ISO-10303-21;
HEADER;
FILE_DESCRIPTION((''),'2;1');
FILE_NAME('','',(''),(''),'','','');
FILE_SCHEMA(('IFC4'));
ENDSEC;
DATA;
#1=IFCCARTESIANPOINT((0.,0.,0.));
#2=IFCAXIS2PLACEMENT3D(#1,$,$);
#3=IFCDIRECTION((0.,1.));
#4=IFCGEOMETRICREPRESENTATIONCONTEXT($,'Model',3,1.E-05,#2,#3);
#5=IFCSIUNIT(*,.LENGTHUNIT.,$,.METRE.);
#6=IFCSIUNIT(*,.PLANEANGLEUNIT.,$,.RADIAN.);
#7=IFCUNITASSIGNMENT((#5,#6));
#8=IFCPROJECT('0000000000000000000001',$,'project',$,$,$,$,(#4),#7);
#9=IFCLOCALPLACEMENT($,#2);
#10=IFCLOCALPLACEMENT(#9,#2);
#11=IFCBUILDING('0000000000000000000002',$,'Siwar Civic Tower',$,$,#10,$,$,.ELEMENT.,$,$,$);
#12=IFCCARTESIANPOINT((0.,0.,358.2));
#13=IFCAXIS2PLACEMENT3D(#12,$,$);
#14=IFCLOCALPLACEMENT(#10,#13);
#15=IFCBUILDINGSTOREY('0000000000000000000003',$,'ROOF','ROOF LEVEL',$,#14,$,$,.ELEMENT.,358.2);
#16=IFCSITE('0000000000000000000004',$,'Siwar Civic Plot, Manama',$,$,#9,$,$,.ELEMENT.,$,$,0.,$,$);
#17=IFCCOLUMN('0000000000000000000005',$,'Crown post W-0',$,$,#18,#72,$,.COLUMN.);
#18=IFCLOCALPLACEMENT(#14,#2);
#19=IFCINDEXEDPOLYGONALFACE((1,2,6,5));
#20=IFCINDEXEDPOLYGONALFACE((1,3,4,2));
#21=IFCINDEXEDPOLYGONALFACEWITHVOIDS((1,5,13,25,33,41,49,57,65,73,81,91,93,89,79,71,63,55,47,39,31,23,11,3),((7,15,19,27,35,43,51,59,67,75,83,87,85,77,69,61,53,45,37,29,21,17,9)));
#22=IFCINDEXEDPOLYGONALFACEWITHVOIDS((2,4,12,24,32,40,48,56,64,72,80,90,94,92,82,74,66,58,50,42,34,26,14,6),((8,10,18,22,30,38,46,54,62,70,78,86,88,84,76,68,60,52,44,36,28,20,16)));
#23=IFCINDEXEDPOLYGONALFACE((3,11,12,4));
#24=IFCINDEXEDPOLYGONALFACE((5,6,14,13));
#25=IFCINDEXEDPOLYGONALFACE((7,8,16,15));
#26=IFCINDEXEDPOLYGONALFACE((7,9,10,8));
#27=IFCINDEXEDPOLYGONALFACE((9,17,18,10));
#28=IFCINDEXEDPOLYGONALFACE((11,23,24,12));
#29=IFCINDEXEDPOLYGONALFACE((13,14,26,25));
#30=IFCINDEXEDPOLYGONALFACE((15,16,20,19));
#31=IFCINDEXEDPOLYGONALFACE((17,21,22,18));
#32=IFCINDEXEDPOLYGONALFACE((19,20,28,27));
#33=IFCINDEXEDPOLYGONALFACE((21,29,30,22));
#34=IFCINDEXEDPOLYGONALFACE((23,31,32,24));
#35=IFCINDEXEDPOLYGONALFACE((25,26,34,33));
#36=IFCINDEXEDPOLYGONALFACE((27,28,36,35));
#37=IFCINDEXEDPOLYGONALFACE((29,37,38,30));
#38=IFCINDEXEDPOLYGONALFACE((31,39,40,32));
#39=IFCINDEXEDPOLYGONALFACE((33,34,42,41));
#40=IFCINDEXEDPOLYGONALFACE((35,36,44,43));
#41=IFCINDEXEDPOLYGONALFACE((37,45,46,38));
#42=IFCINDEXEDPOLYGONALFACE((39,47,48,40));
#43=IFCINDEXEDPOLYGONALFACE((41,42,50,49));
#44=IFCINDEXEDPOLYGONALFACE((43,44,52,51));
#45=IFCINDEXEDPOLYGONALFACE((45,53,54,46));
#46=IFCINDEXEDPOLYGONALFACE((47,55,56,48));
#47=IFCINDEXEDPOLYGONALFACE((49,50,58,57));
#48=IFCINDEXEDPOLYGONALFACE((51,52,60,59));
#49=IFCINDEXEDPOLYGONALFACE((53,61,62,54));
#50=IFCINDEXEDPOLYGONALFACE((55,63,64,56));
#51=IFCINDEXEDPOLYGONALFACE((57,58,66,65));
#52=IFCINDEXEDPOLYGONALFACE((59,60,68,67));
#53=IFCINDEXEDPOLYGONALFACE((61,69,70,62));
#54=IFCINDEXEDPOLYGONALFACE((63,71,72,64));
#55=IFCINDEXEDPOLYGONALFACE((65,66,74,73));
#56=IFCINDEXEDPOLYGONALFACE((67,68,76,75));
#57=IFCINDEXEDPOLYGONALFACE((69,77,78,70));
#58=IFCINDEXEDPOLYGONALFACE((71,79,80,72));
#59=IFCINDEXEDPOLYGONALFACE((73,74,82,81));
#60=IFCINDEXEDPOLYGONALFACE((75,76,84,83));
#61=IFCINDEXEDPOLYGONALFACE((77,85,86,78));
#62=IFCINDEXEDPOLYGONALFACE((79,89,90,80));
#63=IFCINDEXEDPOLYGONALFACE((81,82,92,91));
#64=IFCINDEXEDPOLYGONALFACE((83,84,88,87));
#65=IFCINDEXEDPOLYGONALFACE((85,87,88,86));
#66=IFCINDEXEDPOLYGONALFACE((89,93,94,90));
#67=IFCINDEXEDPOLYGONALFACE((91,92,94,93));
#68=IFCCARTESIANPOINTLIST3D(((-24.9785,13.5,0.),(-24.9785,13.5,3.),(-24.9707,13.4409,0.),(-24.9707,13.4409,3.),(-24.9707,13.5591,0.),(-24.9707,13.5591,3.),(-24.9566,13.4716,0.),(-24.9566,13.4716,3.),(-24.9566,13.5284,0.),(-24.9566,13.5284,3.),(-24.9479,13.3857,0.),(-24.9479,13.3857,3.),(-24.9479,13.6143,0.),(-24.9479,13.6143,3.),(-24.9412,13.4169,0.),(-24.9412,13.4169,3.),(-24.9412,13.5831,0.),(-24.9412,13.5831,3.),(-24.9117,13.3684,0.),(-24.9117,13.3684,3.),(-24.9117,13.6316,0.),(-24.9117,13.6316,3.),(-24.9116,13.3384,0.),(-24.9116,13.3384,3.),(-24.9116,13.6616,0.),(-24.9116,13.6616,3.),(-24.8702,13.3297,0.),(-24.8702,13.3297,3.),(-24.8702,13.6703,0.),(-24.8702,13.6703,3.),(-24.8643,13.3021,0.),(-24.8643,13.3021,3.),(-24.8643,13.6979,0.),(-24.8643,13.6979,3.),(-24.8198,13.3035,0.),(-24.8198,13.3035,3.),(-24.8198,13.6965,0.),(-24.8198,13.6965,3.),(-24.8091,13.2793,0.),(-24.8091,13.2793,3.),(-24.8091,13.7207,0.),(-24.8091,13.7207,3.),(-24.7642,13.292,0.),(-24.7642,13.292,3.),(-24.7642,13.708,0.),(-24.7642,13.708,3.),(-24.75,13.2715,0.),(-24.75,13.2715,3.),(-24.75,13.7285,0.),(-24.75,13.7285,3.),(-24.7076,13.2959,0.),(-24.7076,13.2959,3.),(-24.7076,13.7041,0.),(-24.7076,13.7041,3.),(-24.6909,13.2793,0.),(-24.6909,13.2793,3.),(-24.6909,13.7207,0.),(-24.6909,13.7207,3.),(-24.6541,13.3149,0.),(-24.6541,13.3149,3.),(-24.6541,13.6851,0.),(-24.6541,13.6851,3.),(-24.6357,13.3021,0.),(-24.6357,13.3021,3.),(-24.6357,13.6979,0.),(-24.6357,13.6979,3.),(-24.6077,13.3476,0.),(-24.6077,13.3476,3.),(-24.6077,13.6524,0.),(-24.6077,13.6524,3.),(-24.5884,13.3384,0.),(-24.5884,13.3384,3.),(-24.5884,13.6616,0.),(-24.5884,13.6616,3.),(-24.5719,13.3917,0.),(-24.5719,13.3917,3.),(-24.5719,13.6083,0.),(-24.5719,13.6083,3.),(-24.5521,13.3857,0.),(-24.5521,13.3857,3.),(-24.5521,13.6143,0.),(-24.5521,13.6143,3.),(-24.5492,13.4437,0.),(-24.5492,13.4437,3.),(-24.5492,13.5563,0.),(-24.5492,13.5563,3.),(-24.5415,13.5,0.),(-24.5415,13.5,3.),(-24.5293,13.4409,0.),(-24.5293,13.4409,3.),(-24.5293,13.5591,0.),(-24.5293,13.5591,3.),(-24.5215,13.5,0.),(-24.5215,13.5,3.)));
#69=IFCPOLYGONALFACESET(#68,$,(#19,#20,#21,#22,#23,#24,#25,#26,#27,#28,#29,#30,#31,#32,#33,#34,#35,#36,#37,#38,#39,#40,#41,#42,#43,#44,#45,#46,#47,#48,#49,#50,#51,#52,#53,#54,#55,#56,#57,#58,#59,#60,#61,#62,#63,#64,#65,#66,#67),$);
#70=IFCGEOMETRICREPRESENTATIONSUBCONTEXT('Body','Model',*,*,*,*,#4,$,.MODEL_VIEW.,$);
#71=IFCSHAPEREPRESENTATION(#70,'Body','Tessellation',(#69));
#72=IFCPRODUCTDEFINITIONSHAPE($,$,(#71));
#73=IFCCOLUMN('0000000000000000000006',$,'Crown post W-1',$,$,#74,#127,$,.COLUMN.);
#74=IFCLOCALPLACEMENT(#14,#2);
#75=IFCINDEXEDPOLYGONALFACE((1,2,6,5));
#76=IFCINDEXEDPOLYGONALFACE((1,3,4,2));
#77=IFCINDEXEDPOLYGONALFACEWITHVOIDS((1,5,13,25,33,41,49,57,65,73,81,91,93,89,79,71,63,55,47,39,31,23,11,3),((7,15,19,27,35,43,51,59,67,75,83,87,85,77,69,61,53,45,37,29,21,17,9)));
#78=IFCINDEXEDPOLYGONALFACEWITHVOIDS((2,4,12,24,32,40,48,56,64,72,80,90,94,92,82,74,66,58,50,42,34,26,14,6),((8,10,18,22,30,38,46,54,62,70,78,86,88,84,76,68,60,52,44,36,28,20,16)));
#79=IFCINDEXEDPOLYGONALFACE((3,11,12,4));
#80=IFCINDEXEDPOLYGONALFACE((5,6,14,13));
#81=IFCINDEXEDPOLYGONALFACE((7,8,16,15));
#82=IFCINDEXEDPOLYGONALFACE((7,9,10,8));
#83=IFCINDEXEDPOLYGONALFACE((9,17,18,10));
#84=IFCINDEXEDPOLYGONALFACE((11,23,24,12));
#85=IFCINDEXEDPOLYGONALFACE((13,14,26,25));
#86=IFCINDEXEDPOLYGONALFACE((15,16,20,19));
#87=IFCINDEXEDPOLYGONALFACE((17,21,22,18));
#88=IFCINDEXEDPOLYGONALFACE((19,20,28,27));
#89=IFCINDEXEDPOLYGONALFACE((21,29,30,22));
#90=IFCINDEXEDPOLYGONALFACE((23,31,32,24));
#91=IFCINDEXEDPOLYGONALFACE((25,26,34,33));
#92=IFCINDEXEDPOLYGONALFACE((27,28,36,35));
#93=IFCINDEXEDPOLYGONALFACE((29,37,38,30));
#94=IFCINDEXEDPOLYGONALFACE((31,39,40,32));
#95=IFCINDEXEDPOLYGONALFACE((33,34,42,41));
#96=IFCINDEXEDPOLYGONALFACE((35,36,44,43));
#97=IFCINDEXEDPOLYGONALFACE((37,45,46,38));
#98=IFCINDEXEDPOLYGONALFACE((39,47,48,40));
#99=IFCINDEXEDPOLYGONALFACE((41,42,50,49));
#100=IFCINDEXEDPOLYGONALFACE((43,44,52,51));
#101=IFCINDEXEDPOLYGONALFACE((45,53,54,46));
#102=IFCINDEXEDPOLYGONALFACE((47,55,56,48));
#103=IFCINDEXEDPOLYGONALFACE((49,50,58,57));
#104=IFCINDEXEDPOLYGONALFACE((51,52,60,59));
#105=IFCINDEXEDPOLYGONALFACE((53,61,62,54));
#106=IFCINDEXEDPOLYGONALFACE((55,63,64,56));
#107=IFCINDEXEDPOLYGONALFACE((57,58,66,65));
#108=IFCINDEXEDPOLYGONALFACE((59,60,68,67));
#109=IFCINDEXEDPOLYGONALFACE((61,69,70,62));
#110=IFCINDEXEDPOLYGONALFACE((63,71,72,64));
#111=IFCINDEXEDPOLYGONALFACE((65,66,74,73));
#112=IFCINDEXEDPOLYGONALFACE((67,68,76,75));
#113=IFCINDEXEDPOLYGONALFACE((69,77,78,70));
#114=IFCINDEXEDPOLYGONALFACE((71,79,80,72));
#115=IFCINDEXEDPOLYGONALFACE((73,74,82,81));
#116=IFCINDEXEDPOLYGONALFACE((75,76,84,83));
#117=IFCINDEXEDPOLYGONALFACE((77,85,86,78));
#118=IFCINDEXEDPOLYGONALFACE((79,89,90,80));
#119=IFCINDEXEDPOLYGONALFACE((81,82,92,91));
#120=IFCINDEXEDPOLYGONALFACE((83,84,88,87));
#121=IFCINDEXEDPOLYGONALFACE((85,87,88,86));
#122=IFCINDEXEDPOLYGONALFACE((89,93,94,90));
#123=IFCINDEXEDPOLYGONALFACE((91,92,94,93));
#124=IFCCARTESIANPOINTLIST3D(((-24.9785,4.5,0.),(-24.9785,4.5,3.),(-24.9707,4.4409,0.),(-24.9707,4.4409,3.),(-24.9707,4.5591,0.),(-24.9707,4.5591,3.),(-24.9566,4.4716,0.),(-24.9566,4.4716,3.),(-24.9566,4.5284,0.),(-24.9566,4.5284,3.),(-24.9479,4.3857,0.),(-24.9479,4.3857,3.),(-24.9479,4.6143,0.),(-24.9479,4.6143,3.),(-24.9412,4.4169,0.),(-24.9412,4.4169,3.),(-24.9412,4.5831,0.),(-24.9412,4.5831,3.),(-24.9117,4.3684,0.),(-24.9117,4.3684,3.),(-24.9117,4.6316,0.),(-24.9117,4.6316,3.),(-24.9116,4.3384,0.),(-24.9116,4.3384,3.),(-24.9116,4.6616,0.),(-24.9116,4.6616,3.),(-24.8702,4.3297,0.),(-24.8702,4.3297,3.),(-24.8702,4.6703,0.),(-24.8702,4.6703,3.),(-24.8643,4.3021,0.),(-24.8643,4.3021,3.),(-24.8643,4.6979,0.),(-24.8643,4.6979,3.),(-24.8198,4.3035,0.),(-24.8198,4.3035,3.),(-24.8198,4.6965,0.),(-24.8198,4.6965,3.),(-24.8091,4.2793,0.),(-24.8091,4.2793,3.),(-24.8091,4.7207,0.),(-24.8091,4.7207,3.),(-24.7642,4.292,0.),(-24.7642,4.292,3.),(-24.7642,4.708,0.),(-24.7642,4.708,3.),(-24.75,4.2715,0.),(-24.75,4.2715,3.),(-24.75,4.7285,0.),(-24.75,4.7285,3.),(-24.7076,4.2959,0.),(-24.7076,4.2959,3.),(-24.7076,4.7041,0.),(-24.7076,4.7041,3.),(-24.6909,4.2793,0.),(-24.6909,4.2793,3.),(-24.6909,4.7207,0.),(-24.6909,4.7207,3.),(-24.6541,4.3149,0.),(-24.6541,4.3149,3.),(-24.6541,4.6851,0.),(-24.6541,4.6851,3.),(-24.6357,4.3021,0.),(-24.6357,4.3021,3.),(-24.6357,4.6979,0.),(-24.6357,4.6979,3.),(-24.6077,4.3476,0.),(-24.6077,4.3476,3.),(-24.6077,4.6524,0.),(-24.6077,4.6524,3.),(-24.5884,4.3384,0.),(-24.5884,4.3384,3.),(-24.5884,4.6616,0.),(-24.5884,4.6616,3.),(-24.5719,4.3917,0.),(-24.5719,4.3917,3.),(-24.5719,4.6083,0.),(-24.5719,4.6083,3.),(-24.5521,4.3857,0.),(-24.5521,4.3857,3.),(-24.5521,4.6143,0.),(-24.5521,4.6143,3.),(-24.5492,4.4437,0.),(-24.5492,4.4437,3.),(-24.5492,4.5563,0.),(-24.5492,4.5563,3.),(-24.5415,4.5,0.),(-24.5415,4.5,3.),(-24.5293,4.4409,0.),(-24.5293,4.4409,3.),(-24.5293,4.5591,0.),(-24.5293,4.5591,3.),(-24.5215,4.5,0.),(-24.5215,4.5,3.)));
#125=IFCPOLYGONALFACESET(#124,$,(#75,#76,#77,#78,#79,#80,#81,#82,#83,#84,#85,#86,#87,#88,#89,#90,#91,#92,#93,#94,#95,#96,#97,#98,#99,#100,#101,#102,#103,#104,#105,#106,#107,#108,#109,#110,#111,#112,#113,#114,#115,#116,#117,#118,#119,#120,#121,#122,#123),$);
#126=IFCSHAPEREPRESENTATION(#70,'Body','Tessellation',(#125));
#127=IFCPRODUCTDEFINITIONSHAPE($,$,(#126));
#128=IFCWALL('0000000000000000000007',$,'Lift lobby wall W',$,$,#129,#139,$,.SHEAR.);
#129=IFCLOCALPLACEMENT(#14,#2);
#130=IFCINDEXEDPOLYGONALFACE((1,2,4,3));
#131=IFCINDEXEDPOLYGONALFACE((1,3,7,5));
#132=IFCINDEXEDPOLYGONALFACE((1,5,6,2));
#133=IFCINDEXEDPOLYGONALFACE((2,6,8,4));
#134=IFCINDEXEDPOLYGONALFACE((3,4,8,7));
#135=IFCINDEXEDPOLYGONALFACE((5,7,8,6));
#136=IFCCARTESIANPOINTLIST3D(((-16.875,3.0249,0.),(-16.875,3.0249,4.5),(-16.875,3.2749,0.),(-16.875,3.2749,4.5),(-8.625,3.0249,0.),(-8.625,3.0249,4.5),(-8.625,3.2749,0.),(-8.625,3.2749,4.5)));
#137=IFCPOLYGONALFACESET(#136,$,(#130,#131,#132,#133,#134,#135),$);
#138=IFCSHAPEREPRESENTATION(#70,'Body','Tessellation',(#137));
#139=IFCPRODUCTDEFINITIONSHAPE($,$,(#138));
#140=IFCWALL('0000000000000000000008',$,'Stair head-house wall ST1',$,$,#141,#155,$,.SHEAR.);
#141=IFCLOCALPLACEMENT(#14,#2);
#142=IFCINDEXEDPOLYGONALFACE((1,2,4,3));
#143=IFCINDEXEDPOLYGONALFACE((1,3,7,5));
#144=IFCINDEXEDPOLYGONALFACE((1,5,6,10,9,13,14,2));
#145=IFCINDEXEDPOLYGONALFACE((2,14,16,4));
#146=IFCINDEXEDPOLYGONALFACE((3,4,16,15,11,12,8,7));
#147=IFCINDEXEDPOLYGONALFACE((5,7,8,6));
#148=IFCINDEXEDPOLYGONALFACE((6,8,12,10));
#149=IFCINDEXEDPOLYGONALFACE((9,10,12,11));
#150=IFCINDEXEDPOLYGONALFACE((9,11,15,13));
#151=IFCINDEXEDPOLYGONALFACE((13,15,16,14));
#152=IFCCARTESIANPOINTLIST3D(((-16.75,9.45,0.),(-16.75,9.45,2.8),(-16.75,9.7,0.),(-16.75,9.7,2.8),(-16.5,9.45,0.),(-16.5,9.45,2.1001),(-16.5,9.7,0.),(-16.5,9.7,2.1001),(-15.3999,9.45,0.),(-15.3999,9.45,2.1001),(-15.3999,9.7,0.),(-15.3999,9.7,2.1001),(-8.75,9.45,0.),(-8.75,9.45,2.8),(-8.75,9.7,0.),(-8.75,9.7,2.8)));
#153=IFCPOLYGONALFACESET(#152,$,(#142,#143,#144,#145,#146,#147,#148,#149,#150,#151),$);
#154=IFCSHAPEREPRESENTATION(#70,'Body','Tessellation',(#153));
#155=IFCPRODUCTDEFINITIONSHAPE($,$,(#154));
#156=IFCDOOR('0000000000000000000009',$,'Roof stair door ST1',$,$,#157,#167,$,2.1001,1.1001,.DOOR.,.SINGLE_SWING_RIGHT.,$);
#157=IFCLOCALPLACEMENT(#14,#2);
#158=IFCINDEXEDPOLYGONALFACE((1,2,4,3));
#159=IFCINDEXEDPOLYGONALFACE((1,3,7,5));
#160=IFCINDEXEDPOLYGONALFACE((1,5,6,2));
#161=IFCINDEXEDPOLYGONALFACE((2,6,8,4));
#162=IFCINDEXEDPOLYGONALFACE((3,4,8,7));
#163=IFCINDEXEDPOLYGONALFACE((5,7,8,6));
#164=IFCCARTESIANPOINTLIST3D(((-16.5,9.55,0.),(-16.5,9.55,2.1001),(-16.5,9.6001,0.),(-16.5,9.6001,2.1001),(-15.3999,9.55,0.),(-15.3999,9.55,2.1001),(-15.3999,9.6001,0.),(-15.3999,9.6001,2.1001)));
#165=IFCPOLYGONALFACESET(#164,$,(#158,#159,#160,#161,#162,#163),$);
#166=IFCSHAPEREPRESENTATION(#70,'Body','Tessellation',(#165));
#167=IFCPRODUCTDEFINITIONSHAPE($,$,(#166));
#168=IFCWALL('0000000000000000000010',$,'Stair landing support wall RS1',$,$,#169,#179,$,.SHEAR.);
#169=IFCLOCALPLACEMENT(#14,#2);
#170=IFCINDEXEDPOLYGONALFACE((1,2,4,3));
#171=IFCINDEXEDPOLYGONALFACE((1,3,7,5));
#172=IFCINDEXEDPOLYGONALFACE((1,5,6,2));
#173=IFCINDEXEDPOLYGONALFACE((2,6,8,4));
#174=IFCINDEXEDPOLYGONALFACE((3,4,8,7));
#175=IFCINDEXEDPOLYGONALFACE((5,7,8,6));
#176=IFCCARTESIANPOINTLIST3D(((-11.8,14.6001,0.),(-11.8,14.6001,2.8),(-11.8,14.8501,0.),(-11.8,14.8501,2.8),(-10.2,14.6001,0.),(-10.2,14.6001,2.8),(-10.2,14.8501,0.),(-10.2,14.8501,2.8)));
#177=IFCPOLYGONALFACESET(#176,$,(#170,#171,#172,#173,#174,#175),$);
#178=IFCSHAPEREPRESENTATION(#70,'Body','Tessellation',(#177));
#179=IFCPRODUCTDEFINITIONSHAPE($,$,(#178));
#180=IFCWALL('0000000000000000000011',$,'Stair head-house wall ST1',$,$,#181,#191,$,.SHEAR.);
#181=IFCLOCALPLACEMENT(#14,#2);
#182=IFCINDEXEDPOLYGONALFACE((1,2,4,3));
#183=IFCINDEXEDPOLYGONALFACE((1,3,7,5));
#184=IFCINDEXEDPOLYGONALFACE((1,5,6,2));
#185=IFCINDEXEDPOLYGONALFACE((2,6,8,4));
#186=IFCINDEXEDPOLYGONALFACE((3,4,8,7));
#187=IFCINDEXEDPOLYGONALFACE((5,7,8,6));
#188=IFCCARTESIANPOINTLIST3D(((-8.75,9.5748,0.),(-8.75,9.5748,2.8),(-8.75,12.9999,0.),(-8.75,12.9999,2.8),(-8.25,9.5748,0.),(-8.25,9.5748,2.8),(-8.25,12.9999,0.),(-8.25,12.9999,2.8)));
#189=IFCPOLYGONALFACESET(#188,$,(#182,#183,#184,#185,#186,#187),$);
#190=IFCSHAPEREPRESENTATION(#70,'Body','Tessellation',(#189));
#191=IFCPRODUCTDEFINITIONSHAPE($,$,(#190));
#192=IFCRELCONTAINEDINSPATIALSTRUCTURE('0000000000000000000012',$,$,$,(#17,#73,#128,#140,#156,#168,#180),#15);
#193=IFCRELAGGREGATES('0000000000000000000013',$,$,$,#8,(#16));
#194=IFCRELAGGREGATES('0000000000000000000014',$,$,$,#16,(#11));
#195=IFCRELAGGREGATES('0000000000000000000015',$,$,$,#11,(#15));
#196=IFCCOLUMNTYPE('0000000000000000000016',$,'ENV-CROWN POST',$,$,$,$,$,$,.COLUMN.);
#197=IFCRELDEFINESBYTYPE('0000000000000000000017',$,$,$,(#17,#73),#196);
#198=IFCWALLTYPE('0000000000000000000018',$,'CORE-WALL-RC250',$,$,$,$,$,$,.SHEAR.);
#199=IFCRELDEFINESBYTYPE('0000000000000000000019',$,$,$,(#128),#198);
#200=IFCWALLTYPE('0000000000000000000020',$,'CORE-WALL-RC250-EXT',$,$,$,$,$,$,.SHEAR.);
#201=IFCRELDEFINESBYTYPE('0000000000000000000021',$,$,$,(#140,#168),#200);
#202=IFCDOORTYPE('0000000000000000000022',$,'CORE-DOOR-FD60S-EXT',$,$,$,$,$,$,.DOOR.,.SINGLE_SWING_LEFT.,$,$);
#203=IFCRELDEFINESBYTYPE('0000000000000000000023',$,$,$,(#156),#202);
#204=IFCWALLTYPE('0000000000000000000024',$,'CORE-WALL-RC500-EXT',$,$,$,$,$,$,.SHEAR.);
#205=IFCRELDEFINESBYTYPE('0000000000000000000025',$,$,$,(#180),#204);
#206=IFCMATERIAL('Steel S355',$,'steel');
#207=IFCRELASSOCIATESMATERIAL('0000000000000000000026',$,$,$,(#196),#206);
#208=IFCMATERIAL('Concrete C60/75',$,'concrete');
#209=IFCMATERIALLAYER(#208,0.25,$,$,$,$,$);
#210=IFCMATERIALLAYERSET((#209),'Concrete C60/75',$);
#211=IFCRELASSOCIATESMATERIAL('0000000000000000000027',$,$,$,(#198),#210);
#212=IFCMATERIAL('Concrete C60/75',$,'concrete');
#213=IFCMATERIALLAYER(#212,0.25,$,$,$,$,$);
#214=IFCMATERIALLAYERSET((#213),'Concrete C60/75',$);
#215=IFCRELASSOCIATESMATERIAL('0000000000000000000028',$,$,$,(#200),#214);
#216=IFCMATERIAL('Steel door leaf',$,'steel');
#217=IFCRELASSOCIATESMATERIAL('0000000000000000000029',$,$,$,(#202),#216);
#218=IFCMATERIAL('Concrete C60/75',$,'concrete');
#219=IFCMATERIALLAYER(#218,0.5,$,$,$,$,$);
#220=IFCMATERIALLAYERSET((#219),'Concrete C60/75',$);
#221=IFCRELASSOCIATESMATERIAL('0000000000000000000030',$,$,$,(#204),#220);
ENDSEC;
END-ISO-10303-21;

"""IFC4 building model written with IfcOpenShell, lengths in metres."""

from ifc_helpers import new_model, si_unit, direction, frame, frame_2d, origin, origin_2d, place, context, subcontext, project, spatial, rectangle, hollow_circle, extrude, material, layer, layer_set, material_profile, profile_set, type_object, element, fill, save


model = new_model("IFC4")

# Units and contexts
model_context = context("Model", 3, precision=1e-05, world=origin(), true_north=direction((0.0, 1.0)))
body_context = subcontext(model_context, "Body", "Model", "MODEL_VIEW")
ifc_project = project(units=[si_unit("LENGTHUNIT", "METRE"), si_unit("PLANEANGLEUNIT", "RADIAN")], contexts=[model_context])

# Site, building, storey
site_placement = place(None, origin())
site = spatial("IfcSite", under=ifc_project, at=site_placement, Name="Siwar Civic Plot, Manama", CompositionType="ELEMENT", RefElevation=0.0)
building_placement = place(site_placement, origin())
building = spatial("IfcBuilding", under=site, at=building_placement, Name="Siwar Civic Tower", CompositionType="ELEMENT")
storey_placement = place(building_placement, frame((0.0, 0.0, 358.2)))
storey = spatial("IfcBuildingStorey", under=building, at=storey_placement, Name="ROOF", Description="ROOF LEVEL", CompositionType="ELEMENT", Elevation=358.2)

# Columns
ifc_material_1 = material(Name="Steel S355", Category="steel")
ifc_material_profile = material_profile(ifc_material_1, hollow_circle(Radius=0.2285, WallThickness=0.02, at=origin_2d()), Name="CHS457x20")
ifc_profile_set = profile_set([ifc_material_profile], Name="Steel S355")
column_type = type_object("IfcColumnType", Name="ENV-CROWN POST", PredefinedType="COLUMN", material=ifc_profile_set)
for number, where, z_axis, x_axis, name in (
    (1, (-24.75, 13.5, 0.0), (0.0, 0.0, 1.0), (1.0, 0.0, 0.0), "Crown post W-0"),
    (2, (-24.75, 4.5, 0.0), (0.0, 0.0, 1.0), (1.0, 0.0, 0.0), "Crown post W-1"),
):
    element("IfcColumn", number, at=place(storey_placement, frame(where, z_axis=z_axis, x_axis=x_axis)), inside=storey, type_object=column_type, Name=name, PredefinedType="COLUMN", context=body_context, shape_type="SweptSolid", body=[
        extrude(hollow_circle(Radius=0.2285, WallThickness=0.02, at=origin_2d()), origin(), (0.0, 0.0, 1.0), 3.0),
    ])

# Wall
ifc_material_2 = material(Name="Concrete C60/75", Category="concrete")
ifc_layer_1 = layer(ifc_material_2, 0.25)
ifc_layer_set_1 = layer_set([ifc_layer_1], Name="Concrete C60/75")
wall_type_1 = type_object("IfcWallType", Name="CORE-WALL-RC250", PredefinedType="SHEAR", material=ifc_layer_set_1)
wall_1_placement = place(storey_placement, frame((-8.625, 3.1499, 0.0), z_axis=(0.0, 0.0, 1.0), x_axis=(-1.0, 0.0, 0.0)))
element("IfcWall", 3, at=wall_1_placement, inside=storey, type_object=wall_type_1, Name="Lift lobby wall W", PredefinedType="SHEAR", context=body_context, shape_type="SweptSolid", body=[
    extrude(rectangle(XDim=8.25, YDim=0.25, at=frame_2d((4.125, 0.0))), origin(), (0.0, 0.0, 1.0), 4.5),
])

# Wall, opening, door
ifc_material_3 = material(Name="Concrete C60/75", Category="concrete")
ifc_layer_2 = layer(ifc_material_3, 0.25)
ifc_layer_set_2 = layer_set([ifc_layer_2], Name="Concrete C60/75")
wall_type_2 = type_object("IfcWallType", Name="CORE-WALL-RC250-EXT", PredefinedType="SHEAR", material=ifc_layer_set_2)
wall_2_placement = place(storey_placement, frame((-8.75, 9.575, 0.0), z_axis=(0.0, 0.0, 1.0), x_axis=(-1.0, 0.0, 0.0)))
wall_2 = element("IfcWall", 4, at=wall_2_placement, inside=storey, type_object=wall_type_2, Name="Stair head-house wall ST1", PredefinedType="SHEAR", context=body_context, shape_type="SweptSolid", body=[
    extrude(rectangle(XDim=8.0, YDim=0.25, at=frame_2d((4.0, 0.0))), origin(), (0.0, 0.0, 1.0), 2.8),
])
opening_1_placement = place(wall_2_placement, frame((6.6499, 0.0, 0.0)))
opening_1 = element("IfcOpeningElement", 5, at=opening_1_placement, cuts=wall_2, PredefinedType="OPENING", context=body_context, shape_type="SweptSolid", body=[
    extrude(rectangle(XDim=1.1001, YDim=2.1001, at=frame_2d((0.55, 1.05))), frame((0.0, 0.135, 0.0), z_axis=(0.0, -1.0, 0.0), x_axis=(1.0, 0.0, 0.0)), (0.0, 0.0, 1.0), 0.27),
])
ifc_material_4 = material(Name="Steel door leaf", Category="steel")
door_type_1 = type_object("IfcDoorType", Name="CORE-DOOR-FD60S-EXT", OperationType="SINGLE_SWING_LEFT", PredefinedType="DOOR", material=ifc_material_4)
door_1_placement = place(opening_1_placement, origin())
door_1 = element("IfcDoor", 6, at=door_1_placement, inside=storey, type_object=door_type_1, Name="Roof stair door ST1", OperationType="SINGLE_SWING_RIGHT", OverallHeight=2.1001, OverallWidth=1.1001, PredefinedType="DOOR", context=body_context, shape_type="SweptSolid", body=[
    extrude(rectangle(XDim=1.1001, YDim=2.1001, at=frame_2d((0.55, 1.05))), frame((0.0, 0.0249, 0.0), z_axis=(0.0, -1.0, 0.0), x_axis=(1.0, 0.0, 0.0)), (0.0, 0.0, 1.0), 0.05),
])
fill(opening_1, door_1)

# Walls
wall_3_placement = place(storey_placement, frame((-10.2, 14.7251, 0.0), z_axis=(0.0, 0.0, 1.0), x_axis=(-1.0, 0.0, 0.0)))
element("IfcWall", 7, at=wall_3_placement, inside=storey, type_object=wall_type_2, Name="Stair landing support wall RS1", PredefinedType="SHEAR", context=body_context, shape_type="SweptSolid", body=[
    extrude(rectangle(XDim=1.6001, YDim=0.25, at=frame_2d((0.8, 0.0))), origin(), (0.0, 0.0, 1.0), 2.8),
])
ifc_material_5 = material(Name="Concrete C60/75", Category="concrete")
ifc_layer_3 = layer(ifc_material_5, 0.5)
ifc_layer_set_3 = layer_set([ifc_layer_3], Name="Concrete C60/75")
wall_type_3 = type_object("IfcWallType", Name="CORE-WALL-RC500-EXT", PredefinedType="SHEAR", material=ifc_layer_set_3)
wall_4_placement = place(storey_placement, frame((-8.5, 9.575, 0.0), z_axis=(0.0, 0.0, 1.0), x_axis=(0.0, 1.0, 0.0)))
element("IfcWall", 8, at=wall_4_placement, inside=storey, type_object=wall_type_3, Name="Stair head-house wall ST1", PredefinedType="SHEAR", context=body_context, shape_type="SweptSolid", body=[
    extrude(rectangle(XDim=3.425, YDim=0.5, at=frame_2d((1.7124, 0.0))), origin(), (0.0, 0.0, 1.0), 2.8),
])

save(model, "model.ifc")
